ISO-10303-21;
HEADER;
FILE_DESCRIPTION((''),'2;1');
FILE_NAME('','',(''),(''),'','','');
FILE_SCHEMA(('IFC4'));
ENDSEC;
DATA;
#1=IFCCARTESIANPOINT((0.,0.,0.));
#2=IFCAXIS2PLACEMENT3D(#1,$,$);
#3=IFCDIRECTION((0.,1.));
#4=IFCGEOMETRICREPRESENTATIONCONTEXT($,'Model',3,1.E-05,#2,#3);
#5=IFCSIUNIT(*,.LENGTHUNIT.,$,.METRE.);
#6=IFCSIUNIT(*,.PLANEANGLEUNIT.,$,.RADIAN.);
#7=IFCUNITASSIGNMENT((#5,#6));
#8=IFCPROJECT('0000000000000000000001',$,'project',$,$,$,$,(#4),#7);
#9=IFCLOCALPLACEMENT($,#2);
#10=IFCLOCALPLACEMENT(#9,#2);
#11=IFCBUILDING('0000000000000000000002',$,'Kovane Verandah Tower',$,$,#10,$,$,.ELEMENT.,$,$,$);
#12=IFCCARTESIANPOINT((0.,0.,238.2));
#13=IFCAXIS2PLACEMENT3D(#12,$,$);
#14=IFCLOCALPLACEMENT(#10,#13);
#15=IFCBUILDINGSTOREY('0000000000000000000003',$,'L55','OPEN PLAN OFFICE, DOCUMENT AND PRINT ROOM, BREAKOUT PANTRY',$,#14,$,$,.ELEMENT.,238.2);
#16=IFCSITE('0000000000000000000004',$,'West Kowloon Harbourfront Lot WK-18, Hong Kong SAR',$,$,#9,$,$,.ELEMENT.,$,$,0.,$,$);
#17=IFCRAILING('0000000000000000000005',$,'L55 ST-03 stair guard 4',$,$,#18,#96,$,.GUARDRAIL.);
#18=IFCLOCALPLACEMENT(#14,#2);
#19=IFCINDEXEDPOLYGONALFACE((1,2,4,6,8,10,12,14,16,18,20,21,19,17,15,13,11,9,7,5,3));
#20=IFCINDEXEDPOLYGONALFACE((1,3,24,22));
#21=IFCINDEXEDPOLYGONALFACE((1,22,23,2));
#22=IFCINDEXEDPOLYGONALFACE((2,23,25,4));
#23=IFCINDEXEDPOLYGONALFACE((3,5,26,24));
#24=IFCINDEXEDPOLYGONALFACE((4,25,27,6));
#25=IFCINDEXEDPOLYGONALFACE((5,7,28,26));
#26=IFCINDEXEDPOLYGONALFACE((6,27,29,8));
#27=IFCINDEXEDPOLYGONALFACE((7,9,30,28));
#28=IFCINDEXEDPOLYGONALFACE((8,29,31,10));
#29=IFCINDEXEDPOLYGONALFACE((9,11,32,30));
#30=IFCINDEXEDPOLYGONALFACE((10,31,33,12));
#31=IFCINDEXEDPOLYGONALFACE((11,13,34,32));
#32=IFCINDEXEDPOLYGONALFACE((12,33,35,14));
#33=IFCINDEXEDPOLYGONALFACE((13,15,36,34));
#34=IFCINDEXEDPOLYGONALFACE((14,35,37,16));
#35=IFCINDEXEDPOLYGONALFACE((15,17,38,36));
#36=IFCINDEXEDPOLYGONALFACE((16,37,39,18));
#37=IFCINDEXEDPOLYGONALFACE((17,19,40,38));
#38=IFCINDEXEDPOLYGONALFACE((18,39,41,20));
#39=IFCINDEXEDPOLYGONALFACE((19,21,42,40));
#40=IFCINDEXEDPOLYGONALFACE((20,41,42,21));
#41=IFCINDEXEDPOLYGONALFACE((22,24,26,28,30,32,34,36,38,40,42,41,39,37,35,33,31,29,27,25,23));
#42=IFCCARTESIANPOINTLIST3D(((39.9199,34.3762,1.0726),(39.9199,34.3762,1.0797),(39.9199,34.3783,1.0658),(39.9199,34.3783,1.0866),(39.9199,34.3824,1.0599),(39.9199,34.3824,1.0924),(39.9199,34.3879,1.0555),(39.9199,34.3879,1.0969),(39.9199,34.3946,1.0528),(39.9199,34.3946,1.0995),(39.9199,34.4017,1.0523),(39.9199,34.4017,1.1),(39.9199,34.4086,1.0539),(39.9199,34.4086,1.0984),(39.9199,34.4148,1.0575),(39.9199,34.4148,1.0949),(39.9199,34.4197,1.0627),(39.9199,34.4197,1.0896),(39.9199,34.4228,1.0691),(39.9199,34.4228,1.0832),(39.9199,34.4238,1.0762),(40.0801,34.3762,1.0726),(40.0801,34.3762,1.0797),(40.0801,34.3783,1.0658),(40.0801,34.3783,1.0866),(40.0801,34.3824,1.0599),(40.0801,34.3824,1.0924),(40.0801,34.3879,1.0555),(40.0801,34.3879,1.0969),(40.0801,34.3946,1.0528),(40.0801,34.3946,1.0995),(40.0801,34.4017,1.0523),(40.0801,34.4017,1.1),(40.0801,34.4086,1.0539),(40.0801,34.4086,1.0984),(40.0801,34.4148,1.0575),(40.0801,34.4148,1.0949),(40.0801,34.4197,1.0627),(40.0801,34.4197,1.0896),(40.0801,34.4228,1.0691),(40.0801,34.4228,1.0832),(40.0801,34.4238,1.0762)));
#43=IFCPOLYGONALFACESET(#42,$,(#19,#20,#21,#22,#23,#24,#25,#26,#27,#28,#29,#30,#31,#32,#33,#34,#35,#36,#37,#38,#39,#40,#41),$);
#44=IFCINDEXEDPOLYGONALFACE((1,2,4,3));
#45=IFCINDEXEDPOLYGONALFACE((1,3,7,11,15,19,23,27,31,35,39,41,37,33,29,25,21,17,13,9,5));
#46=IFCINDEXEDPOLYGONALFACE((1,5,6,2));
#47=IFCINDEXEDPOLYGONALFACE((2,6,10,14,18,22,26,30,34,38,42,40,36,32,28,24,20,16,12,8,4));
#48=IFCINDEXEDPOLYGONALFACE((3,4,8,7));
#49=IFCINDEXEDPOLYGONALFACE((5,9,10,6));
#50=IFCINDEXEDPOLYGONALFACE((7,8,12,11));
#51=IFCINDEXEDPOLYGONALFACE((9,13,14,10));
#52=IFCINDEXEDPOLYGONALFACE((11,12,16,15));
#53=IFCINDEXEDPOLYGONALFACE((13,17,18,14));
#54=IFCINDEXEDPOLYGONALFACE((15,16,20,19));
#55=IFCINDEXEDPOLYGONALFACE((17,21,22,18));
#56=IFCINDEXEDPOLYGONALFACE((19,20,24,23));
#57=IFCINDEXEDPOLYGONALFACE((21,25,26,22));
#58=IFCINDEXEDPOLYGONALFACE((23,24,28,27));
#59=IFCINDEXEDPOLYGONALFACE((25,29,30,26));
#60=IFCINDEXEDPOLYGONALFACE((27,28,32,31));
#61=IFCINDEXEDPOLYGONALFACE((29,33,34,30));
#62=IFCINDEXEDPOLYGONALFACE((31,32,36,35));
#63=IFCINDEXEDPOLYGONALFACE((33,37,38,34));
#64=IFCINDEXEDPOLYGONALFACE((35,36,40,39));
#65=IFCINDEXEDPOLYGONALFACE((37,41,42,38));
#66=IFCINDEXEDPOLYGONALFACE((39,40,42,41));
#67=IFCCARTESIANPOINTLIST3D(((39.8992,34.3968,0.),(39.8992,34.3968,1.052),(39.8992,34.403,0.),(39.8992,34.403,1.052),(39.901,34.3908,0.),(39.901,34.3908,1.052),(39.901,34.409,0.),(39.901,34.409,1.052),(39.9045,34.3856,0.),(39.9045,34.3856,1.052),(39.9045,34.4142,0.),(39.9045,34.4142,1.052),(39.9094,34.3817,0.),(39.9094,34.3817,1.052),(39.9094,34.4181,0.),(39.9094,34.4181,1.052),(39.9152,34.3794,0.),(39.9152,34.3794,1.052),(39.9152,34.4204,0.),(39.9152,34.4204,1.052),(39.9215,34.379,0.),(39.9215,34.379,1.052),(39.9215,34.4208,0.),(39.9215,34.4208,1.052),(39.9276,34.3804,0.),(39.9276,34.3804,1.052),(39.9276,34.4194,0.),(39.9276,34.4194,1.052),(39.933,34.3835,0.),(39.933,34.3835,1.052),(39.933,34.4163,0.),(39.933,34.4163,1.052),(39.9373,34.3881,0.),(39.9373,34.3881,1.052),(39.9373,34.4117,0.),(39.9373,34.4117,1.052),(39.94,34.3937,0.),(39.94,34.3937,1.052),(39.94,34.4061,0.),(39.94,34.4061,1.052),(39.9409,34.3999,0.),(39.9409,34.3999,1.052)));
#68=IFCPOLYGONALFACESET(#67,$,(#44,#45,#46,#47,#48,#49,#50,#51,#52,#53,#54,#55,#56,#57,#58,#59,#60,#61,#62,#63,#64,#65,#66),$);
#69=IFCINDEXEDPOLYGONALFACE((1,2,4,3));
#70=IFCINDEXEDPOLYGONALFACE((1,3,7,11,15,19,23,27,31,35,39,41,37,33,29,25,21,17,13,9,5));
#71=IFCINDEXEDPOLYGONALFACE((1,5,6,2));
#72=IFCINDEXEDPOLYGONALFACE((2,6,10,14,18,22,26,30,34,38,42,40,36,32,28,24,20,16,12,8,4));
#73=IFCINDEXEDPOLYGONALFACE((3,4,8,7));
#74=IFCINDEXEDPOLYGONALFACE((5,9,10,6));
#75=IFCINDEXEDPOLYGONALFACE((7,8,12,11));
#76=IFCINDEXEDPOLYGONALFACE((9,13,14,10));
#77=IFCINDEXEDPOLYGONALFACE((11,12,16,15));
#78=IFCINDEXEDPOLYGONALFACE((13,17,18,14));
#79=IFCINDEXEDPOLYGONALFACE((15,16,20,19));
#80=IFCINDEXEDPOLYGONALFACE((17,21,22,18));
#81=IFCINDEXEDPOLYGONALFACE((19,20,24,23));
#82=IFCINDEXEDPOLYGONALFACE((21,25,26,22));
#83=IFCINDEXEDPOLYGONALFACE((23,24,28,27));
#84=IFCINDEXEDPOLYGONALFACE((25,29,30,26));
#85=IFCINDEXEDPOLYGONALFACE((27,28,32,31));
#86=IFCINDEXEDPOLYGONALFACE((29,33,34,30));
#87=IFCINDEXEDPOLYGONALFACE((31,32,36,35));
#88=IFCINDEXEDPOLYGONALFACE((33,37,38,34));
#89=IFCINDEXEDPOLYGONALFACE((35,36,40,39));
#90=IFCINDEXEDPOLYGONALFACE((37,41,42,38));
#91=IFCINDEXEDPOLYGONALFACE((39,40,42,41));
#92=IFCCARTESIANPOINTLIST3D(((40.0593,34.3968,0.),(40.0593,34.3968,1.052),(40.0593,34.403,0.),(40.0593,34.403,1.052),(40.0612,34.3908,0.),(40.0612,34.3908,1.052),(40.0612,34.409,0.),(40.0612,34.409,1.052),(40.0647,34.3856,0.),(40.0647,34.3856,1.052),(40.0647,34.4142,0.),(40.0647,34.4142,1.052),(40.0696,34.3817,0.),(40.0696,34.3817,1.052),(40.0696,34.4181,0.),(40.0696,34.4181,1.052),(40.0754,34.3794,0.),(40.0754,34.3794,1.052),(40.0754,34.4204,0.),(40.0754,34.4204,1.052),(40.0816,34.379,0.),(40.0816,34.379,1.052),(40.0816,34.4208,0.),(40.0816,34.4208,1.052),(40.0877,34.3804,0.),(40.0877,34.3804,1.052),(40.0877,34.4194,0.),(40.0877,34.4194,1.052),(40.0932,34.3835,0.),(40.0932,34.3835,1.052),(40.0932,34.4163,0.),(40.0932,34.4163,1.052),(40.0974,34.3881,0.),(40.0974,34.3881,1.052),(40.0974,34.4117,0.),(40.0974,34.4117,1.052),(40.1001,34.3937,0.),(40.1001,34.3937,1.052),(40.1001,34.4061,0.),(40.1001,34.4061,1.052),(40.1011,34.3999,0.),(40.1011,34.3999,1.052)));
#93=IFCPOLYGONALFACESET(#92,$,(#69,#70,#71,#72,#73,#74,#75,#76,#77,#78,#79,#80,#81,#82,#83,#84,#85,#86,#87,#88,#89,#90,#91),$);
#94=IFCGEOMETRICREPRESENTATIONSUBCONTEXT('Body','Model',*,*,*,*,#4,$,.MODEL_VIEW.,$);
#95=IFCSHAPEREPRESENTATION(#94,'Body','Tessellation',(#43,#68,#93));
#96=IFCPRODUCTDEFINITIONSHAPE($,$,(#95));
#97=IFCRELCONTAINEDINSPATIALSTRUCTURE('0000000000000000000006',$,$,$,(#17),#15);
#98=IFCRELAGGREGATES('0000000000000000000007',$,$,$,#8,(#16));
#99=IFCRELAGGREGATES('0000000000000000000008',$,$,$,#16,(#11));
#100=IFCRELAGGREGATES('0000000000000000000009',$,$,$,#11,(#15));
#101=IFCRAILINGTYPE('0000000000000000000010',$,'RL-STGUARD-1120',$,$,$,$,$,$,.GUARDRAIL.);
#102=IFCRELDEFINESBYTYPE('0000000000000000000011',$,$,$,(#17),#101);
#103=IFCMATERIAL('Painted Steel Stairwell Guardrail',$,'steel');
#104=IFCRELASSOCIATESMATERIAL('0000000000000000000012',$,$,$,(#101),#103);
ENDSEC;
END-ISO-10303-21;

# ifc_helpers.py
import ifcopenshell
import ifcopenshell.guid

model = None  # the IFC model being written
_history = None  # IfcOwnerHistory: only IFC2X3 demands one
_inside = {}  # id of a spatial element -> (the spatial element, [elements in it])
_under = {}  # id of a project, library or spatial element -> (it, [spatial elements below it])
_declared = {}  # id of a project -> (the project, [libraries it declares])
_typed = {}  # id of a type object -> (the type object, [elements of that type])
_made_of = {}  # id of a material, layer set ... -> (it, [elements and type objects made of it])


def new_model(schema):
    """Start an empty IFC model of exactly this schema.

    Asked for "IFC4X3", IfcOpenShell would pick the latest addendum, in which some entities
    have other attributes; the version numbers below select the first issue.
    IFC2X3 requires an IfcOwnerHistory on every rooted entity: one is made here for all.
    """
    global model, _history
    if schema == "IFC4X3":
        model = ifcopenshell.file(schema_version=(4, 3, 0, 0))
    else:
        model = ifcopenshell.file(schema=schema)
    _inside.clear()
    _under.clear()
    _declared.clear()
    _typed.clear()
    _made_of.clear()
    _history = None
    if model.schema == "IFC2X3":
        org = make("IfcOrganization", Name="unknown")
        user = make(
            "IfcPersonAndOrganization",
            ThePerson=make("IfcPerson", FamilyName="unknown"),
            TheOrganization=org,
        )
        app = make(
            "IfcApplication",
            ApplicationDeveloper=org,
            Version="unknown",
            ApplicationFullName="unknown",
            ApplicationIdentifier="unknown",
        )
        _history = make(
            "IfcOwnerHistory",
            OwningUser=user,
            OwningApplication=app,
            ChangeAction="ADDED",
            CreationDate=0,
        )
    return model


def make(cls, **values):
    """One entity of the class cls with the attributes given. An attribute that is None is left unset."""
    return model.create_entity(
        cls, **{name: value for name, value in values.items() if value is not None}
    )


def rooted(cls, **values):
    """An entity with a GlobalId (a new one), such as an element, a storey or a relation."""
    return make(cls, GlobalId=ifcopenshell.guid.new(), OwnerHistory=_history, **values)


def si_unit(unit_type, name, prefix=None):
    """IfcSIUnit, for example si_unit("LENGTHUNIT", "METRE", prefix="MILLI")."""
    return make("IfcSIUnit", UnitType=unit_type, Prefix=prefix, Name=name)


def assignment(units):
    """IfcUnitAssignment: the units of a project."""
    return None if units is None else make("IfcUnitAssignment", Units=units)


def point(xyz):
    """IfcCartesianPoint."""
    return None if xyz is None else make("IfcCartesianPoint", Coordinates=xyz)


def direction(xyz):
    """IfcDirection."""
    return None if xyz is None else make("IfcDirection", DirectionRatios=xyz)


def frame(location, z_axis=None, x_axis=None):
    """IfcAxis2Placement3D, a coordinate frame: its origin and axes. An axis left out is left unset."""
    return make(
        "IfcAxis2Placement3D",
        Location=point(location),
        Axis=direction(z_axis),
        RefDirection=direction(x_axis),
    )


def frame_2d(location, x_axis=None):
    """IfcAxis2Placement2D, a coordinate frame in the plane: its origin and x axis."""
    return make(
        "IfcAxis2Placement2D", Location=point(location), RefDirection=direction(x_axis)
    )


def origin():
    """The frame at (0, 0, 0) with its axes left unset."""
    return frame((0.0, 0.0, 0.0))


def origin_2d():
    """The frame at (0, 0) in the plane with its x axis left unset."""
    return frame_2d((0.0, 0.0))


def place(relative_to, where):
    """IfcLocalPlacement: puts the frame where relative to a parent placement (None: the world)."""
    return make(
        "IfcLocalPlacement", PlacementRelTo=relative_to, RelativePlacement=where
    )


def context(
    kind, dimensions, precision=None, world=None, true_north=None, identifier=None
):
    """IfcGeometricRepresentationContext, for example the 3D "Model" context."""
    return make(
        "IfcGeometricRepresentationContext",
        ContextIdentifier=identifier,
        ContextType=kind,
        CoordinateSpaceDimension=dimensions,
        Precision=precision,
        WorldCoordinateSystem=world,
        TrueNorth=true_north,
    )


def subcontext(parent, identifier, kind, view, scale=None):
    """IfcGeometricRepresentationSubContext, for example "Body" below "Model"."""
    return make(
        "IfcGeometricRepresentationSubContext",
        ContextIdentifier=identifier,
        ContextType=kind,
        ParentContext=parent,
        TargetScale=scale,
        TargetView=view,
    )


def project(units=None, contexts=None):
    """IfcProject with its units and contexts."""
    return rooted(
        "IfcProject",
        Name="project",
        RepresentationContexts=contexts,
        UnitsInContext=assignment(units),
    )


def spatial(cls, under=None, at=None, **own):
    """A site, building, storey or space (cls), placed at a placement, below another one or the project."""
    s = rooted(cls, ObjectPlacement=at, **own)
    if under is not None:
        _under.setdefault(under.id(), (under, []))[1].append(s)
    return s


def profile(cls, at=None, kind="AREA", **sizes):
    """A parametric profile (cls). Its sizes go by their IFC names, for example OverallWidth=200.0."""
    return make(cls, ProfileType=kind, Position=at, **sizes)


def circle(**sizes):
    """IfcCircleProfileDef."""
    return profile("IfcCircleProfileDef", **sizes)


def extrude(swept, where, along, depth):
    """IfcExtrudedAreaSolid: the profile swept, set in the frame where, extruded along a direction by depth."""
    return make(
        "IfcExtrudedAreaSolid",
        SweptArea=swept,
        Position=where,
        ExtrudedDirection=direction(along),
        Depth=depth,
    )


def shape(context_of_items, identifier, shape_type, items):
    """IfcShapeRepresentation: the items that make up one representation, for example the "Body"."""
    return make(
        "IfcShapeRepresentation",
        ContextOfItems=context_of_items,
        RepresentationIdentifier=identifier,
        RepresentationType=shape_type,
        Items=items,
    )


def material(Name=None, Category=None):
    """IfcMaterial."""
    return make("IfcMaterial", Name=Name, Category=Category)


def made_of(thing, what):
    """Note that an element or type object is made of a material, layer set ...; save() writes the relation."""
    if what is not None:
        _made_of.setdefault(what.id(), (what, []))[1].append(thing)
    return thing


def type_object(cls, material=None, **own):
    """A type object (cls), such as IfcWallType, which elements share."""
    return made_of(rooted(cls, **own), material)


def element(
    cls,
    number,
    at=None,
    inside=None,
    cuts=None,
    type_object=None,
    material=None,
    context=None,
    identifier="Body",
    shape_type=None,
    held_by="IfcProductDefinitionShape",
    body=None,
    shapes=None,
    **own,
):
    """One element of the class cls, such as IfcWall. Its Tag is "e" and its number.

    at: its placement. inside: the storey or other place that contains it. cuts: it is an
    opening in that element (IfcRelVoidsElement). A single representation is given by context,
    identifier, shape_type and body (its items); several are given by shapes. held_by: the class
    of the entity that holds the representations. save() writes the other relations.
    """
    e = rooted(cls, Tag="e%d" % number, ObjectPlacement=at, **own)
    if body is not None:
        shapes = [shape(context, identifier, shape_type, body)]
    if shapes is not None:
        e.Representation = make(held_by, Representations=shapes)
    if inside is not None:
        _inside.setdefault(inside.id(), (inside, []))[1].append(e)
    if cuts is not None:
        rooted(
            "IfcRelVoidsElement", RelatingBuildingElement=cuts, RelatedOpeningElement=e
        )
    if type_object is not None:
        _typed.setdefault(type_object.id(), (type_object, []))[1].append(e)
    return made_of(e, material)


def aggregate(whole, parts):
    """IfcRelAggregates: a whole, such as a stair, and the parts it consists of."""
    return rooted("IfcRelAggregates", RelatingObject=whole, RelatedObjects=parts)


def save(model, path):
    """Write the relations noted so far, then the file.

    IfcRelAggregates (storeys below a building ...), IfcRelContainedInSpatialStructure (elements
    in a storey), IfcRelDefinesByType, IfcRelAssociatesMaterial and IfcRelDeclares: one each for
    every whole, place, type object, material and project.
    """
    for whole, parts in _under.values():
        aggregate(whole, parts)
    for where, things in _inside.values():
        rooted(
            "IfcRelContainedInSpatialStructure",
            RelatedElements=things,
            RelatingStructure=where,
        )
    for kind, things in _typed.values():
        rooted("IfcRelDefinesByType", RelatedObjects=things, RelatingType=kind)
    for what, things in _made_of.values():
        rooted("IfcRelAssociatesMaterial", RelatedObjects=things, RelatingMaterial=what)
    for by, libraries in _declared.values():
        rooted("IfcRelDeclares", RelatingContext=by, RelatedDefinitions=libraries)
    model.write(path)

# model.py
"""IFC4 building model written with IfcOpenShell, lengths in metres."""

from ifc_helpers import new_model, si_unit, direction, frame, origin, origin_2d, place, context, subcontext, project, spatial, circle, extrude, material, type_object, element, save


model = new_model("IFC4")

# Units and contexts
model_context = context("Model", 3, precision=1e-05, world=origin(), true_north=direction((0.0, 1.0)))
body_context = subcontext(model_context, "Body", "Model", "MODEL_VIEW")
ifc_project = project(units=[si_unit("LENGTHUNIT", "METRE"), si_unit("PLANEANGLEUNIT", "RADIAN")], contexts=[model_context])

# Site, building, storey
site_placement = place(None, origin())
site = spatial("IfcSite", under=ifc_project, at=site_placement, Name="West Kowloon Harbourfront Lot WK-18, Hong Kong SAR", CompositionType="ELEMENT", RefElevation=0.0)
building_placement = place(site_placement, origin())
building = spatial("IfcBuilding", under=site, at=building_placement, Name="Kovane Verandah Tower", CompositionType="ELEMENT")
storey_placement = place(building_placement, frame((0.0, 0.0, 238.2)))
storey = spatial("IfcBuildingStorey", under=building, at=storey_placement, Name="L55", Description="OPEN PLAN OFFICE, DOCUMENT AND PRINT ROOM, BREAKOUT PANTRY", CompositionType="ELEMENT", Elevation=238.2)

# Railing
ifc_material_1 = material(Name="Painted Steel Stairwell Guardrail", Category="steel")
railing_type_1 = type_object("IfcRailingType", Name="RL-STGUARD-1120", PredefinedType="GUARDRAIL", material=ifc_material_1)
railing_1_placement = place(storey_placement, frame((39.9199, 34.3999, 0.0)))
element("IfcRailing", 1, at=railing_1_placement, inside=storey, type_object=railing_type_1, Name="L55 ST-03 stair guard 4", PredefinedType="GUARDRAIL", context=body_context, shape_type="SweptSolid", body=[
    extrude(circle(Radius=0.0239, at=origin_2d()), frame((0.0, 0.0, 1.0762), z_axis=(1.0, 0.0, 0.0), x_axis=(0.0, 1.0, 0.0)), (0.0, 0.0, 1.0), 0.1602),
    extrude(circle(Radius=0.021, at=origin_2d()), origin(), (0.0, 0.0, 1.0), 1.052),
    extrude(circle(Radius=0.021, at=origin_2d()), frame((0.1602, 0.0, 0.0)), (0.0, 0.0, 1.0), 1.052),
])

save(model, "model.ifc")
